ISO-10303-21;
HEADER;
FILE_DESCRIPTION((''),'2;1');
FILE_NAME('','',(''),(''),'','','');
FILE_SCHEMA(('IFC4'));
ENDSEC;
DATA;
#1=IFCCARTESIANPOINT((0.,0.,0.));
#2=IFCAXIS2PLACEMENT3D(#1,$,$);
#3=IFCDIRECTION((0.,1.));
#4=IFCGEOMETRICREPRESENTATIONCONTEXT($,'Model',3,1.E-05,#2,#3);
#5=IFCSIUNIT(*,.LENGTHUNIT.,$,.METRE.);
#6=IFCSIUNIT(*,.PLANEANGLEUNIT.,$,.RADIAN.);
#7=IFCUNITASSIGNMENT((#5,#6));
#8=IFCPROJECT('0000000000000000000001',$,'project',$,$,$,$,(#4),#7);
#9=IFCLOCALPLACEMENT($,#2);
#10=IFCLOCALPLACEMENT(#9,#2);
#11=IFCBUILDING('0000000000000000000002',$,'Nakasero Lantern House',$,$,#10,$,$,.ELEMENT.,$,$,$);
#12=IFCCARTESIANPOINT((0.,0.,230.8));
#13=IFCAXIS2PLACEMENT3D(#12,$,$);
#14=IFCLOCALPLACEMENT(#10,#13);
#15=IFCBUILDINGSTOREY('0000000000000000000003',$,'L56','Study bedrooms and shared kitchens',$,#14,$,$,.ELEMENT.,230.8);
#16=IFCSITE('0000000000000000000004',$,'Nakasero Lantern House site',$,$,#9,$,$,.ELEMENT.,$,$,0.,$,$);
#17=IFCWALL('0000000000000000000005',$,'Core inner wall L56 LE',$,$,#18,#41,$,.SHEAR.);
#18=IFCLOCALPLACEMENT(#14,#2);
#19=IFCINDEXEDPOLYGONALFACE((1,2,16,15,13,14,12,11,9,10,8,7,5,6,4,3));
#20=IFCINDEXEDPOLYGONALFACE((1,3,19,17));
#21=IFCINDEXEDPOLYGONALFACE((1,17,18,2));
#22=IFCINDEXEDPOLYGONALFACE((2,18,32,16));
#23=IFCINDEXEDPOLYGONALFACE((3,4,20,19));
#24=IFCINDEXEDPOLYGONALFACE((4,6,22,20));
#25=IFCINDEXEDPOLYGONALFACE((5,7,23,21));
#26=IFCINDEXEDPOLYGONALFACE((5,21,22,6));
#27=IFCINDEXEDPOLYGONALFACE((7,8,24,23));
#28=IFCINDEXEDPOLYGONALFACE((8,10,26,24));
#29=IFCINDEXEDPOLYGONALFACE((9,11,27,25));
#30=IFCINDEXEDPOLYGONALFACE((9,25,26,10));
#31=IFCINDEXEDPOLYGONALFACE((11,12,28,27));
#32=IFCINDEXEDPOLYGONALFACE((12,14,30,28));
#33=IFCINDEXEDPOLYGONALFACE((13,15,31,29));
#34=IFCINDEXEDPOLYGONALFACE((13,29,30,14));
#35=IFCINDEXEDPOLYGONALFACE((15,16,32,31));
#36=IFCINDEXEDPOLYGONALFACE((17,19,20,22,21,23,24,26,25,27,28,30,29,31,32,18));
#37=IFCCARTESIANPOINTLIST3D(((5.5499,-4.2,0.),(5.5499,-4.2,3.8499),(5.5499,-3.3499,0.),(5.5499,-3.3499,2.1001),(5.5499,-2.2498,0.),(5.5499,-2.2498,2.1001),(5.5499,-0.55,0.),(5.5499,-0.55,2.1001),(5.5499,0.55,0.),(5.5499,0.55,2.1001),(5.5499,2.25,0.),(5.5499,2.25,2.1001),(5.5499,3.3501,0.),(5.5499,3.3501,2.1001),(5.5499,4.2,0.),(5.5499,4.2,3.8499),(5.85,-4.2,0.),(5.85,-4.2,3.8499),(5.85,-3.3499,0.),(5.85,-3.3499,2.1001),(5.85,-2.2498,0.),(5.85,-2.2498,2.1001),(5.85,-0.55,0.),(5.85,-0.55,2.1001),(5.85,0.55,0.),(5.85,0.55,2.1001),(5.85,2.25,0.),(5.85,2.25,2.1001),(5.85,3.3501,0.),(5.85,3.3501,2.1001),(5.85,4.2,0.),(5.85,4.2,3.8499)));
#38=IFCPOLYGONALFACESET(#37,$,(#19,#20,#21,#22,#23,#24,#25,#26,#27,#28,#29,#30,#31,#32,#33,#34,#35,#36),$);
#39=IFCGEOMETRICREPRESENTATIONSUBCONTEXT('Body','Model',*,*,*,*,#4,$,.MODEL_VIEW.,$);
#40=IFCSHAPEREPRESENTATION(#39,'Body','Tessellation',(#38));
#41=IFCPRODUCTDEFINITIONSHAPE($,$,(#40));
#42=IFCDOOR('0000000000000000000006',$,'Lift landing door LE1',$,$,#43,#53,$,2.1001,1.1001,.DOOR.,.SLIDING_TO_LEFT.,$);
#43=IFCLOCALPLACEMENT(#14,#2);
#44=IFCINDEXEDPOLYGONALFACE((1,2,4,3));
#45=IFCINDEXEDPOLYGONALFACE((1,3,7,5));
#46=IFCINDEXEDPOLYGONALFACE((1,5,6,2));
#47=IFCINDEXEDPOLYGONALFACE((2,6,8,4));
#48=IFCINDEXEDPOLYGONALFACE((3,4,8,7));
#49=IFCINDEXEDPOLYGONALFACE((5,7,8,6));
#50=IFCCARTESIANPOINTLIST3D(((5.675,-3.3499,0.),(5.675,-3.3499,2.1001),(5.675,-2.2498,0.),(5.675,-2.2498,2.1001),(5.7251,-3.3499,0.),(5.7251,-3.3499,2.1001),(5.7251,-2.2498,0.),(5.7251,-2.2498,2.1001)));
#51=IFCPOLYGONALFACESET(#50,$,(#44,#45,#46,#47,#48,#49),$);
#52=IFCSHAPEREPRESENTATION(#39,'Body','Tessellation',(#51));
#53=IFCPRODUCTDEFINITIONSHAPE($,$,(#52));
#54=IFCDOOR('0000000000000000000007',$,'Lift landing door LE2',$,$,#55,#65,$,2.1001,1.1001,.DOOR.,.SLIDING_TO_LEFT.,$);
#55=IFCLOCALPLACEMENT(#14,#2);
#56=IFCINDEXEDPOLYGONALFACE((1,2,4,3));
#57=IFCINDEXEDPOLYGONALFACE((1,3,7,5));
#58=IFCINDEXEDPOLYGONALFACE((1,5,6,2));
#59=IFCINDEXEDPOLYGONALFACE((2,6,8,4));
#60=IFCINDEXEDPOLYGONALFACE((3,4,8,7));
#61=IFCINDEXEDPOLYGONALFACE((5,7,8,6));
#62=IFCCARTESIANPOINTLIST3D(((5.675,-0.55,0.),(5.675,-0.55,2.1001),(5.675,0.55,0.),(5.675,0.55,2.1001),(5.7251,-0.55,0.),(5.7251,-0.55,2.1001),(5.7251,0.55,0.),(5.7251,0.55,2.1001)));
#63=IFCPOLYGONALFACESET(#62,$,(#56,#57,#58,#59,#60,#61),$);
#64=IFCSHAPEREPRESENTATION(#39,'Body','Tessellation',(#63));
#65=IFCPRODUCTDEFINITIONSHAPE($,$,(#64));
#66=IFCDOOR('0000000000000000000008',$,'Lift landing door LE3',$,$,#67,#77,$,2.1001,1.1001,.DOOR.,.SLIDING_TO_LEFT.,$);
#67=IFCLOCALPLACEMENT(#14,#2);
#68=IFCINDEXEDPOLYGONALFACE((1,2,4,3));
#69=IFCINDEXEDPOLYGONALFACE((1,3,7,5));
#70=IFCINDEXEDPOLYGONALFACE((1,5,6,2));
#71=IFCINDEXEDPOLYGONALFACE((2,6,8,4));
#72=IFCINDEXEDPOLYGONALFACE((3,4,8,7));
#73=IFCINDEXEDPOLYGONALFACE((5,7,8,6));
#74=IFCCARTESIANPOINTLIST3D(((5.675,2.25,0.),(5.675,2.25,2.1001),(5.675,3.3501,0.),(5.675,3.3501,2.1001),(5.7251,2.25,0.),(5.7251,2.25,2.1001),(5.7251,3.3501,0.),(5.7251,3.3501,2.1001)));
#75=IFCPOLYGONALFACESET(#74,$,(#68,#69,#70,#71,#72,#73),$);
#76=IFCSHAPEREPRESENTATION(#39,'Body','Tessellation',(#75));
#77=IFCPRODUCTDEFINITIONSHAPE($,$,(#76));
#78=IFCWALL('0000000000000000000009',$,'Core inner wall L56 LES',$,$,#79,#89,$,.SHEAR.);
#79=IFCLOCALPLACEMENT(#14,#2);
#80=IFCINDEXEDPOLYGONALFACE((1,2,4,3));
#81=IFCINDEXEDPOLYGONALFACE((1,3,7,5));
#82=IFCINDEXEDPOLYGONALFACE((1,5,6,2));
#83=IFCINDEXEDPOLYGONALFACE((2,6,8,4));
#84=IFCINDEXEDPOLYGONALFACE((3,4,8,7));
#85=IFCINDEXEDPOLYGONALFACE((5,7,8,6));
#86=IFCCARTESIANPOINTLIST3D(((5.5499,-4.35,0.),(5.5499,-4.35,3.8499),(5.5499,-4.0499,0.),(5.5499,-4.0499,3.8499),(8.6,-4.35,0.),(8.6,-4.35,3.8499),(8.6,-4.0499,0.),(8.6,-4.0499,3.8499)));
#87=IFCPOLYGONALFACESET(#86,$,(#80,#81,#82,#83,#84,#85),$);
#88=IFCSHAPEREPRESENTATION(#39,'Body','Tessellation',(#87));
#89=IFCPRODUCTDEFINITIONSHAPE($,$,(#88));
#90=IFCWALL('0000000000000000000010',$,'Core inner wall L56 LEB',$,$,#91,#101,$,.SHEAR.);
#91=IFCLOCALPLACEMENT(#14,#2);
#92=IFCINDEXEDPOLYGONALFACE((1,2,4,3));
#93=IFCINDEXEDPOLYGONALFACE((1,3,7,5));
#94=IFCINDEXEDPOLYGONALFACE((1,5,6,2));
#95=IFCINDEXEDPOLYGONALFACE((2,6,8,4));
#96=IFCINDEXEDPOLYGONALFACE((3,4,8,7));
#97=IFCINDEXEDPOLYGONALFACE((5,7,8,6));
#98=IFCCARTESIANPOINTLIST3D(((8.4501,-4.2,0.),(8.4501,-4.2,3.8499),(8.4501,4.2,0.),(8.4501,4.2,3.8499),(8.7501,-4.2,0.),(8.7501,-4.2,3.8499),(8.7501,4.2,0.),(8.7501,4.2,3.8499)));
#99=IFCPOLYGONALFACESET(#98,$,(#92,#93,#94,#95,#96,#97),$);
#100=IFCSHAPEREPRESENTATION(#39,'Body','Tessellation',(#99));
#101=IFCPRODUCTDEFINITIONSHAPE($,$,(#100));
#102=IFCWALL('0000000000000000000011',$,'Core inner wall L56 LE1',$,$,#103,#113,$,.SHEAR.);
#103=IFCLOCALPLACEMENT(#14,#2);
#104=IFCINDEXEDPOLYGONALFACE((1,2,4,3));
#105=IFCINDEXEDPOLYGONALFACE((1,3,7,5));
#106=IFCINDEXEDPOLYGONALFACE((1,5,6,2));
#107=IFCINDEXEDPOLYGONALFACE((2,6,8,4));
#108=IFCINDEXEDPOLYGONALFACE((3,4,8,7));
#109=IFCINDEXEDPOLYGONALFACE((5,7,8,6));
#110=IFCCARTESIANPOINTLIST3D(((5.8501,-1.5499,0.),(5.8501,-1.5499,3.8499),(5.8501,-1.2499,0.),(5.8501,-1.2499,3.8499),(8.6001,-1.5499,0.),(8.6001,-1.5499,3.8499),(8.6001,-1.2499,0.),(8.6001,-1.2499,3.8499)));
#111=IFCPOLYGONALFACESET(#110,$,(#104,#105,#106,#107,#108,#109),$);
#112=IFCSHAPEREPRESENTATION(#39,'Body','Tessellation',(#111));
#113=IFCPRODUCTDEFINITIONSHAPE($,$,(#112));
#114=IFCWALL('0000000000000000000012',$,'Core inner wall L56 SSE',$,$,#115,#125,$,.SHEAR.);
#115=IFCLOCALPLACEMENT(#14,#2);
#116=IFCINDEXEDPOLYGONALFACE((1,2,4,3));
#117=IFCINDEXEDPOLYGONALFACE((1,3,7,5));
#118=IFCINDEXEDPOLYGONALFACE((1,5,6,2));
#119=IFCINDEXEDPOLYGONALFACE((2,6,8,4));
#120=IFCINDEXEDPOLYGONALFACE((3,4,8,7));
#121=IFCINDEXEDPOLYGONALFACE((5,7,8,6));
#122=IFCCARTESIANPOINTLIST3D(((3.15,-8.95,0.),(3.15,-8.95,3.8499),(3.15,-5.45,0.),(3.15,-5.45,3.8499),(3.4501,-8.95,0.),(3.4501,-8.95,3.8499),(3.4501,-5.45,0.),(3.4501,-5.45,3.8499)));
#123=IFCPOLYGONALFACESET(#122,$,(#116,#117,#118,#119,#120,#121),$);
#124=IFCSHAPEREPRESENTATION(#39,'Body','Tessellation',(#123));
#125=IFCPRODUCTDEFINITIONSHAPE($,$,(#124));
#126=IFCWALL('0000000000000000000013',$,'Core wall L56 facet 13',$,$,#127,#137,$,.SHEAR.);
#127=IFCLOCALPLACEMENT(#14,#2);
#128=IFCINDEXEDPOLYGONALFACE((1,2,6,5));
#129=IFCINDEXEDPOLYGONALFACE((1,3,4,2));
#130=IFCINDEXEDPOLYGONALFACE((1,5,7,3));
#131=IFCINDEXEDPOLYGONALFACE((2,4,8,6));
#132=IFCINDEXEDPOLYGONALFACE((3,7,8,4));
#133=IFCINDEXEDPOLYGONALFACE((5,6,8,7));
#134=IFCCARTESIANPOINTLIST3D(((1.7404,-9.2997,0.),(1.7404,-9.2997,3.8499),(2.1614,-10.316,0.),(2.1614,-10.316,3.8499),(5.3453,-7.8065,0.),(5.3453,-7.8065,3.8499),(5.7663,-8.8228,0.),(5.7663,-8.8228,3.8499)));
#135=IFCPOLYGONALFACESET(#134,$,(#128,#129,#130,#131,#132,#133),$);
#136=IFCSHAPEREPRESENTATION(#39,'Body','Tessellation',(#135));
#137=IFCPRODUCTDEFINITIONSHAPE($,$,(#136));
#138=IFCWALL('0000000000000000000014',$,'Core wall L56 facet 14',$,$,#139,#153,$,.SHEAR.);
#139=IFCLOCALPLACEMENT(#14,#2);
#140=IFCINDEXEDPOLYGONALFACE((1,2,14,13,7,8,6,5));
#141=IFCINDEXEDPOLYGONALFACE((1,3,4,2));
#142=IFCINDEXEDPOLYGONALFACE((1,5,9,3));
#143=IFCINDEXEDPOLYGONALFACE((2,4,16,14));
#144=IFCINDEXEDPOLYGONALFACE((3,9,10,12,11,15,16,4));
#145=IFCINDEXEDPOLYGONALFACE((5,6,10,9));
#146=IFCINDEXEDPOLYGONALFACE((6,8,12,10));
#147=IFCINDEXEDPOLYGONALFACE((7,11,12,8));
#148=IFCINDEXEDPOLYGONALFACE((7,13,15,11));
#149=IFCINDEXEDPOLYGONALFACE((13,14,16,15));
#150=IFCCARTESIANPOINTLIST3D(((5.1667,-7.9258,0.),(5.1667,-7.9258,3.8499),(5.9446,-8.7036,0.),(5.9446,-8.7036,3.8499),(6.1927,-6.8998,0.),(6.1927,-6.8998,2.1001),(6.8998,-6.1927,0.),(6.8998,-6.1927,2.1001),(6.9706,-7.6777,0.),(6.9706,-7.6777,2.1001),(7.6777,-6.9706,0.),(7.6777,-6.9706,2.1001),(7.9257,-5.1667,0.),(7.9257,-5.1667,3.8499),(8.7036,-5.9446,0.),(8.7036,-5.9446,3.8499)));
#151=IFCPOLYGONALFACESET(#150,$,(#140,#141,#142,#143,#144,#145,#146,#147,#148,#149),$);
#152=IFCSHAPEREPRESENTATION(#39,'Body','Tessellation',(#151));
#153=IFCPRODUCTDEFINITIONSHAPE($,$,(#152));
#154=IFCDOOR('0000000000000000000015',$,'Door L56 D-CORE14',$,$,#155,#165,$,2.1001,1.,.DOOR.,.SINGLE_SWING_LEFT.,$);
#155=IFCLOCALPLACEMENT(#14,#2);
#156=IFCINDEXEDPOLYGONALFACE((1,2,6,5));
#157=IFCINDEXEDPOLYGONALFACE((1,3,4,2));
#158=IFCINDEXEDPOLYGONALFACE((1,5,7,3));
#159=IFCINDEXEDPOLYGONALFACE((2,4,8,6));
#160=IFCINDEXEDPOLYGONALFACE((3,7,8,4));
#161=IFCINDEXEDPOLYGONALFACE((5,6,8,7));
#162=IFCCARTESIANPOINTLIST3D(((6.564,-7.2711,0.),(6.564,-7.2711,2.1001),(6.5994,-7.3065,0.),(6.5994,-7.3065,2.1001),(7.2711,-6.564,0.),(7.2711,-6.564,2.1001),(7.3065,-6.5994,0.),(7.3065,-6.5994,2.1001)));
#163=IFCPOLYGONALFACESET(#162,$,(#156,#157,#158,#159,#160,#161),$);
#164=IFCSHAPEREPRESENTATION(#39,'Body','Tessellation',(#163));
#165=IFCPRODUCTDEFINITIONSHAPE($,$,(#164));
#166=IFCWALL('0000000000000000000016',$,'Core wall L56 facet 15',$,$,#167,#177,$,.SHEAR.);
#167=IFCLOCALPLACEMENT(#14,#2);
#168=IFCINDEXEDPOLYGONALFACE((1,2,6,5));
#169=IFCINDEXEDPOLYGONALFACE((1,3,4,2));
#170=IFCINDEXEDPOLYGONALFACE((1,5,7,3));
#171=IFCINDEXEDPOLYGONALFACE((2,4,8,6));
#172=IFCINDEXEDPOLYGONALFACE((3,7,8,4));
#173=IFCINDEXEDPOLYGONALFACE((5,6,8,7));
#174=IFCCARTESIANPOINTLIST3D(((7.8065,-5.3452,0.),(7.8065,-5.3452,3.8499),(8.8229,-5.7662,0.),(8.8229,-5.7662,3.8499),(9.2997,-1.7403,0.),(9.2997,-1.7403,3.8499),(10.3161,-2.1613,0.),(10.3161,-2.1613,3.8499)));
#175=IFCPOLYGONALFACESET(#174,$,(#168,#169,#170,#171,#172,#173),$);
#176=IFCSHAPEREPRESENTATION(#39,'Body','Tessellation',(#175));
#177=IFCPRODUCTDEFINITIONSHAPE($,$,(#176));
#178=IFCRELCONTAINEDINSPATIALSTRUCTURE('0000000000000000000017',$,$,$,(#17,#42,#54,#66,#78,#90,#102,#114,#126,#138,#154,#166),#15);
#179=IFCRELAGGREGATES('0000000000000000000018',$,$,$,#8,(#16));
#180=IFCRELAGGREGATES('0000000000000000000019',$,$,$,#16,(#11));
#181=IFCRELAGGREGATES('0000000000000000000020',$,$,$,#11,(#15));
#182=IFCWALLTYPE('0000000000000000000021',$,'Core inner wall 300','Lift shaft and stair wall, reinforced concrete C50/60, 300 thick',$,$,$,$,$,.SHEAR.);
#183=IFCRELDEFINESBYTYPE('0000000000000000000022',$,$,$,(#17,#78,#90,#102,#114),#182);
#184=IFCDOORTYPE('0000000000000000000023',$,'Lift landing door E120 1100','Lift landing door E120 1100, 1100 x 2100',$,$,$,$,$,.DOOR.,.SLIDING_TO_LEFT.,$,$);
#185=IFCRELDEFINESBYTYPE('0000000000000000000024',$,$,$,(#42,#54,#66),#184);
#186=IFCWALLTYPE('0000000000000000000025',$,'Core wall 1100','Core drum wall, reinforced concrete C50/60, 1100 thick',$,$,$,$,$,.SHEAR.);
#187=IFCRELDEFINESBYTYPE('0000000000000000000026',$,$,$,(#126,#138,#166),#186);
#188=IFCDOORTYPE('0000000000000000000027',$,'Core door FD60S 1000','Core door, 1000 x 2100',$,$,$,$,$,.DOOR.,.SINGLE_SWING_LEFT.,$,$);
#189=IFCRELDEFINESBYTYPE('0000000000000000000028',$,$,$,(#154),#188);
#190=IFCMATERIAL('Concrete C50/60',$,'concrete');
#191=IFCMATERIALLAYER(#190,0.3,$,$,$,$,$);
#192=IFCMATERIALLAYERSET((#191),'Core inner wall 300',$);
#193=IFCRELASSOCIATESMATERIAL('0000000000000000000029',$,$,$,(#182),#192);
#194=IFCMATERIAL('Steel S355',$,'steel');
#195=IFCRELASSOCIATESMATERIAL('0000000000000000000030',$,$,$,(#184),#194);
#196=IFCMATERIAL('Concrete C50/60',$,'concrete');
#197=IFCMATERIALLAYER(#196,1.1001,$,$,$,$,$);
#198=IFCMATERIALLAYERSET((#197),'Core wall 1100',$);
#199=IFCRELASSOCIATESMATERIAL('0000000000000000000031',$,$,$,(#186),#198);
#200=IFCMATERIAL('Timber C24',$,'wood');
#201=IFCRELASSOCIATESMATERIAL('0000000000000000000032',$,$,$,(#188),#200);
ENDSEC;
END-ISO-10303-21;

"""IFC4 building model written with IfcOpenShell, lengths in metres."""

from ifc_helpers import new_model, si_unit, direction, frame, frame_2d, origin, place, context, subcontext, project, spatial, rectangle, extrude, material, layer, layer_set, type_object, element, fill, save


model = new_model("IFC4")

# Units and contexts
model_context = context("Model", 3, precision=1e-05, world=origin(), true_north=direction((0.0, 1.0)))
body_context = subcontext(model_context, "Body", "Model", "MODEL_VIEW")
ifc_project = project(units=[si_unit("LENGTHUNIT", "METRE"), si_unit("PLANEANGLEUNIT", "RADIAN")], contexts=[model_context])

# Site, building, storey
site_placement = place(None, origin())
site = spatial("IfcSite", under=ifc_project, at=site_placement, Name="Nakasero Lantern House site", CompositionType="ELEMENT", RefElevation=0.0)
building_placement = place(site_placement, origin())
building = spatial("IfcBuilding", under=site, at=building_placement, Name="Nakasero Lantern House", CompositionType="ELEMENT")
storey_placement = place(building_placement, frame((0.0, 0.0, 230.8)))
storey = spatial("IfcBuildingStorey", under=building, at=storey_placement, Name="L56", Description="Study bedrooms and shared kitchens", CompositionType="ELEMENT", Elevation=230.8)

# Wall, openings, doors
ifc_material_1 = material(Name="Concrete C50/60", Category="concrete")
ifc_layer_1 = layer(ifc_material_1, 0.3)
ifc_layer_set_1 = layer_set([ifc_layer_1], Name="Core inner wall 300")
wall_type_1 = type_object("IfcWallType", Name="Core inner wall 300", Description="Lift shaft and stair wall, reinforced concrete C50/60, 300 thick", PredefinedType="SHEAR", material=ifc_layer_set_1)
wall_1_placement = place(storey_placement, frame((5.7, -4.2, 0.0), z_axis=(0.0, 0.0, 1.0), x_axis=(0.0, 1.0, 0.0)))
wall_1 = element("IfcWall", 1, at=wall_1_placement, inside=storey, type_object=wall_type_1, Name="Core inner wall L56 LE", PredefinedType="SHEAR", context=body_context, shape_type="SweptSolid", body=[
    extrude(rectangle(XDim=8.3999, YDim=0.3, at=frame_2d((4.2, 0.0))), origin(), (0.0, 0.0, 1.0), 3.8499),
])
opening_1_placement = place(wall_1_placement, frame((0.8501, 0.0, 0.0)))
opening_1 = element("IfcOpeningElement", 2, at=opening_1_placement, cuts=wall_1, PredefinedType="OPENING", context=body_context, shape_type="SweptSolid", body=[
    extrude(rectangle(XDim=1.1001, YDim=2.1001, at=frame_2d((0.55, 1.05))), frame((0.0, 0.1699, 0.0), z_axis=(0.0, -1.0, 0.0), x_axis=(1.0, 0.0, 0.0)), (0.0, 0.0, 1.0), 0.3401),
])
opening_2_placement = place(wall_1_placement, frame((3.6499, 0.0, 0.0)))
opening_2 = element("IfcOpeningElement", 3, at=opening_2_placement, cuts=wall_1, PredefinedType="OPENING", context=body_context, shape_type="SweptSolid", body=[
    extrude(rectangle(XDim=1.1001, YDim=2.1001, at=frame_2d((0.55, 1.05))), frame((0.0, 0.1699, 0.0), z_axis=(0.0, -1.0, 0.0), x_axis=(1.0, 0.0, 0.0)), (0.0, 0.0, 1.0), 0.3401),
])
opening_3_placement = place(wall_1_placement, frame((6.45, 0.0, 0.0)))
opening_3 = element("IfcOpeningElement", 4, at=opening_3_placement, cuts=wall_1, PredefinedType="OPENING", context=body_context, shape_type="SweptSolid", body=[
    extrude(rectangle(XDim=1.1001, YDim=2.1001, at=frame_2d((0.55, 1.05))), frame((0.0, 0.1699, 0.0), z_axis=(0.0, -1.0, 0.0), x_axis=(1.0, 0.0, 0.0)), (0.0, 0.0, 1.0), 0.3401),
])
ifc_material_2 = material(Name="Steel S355", Category="steel")
door_type_1 = type_object("IfcDoorType", Name="Lift landing door E120 1100", Description="Lift landing door E120 1100, 1100 x 2100", OperationType="SLIDING_TO_LEFT", PredefinedType="DOOR", material=ifc_material_2)
door_1_placement = place(opening_1_placement, origin())
door_1 = element("IfcDoor", 5, at=door_1_placement, inside=storey, type_object=door_type_1, Name="Lift landing door LE1", OperationType="SLIDING_TO_LEFT", OverallHeight=2.1001, OverallWidth=1.1001, PredefinedType="DOOR", context=body_context, shape_type="SweptSolid", body=[
    extrude(rectangle(XDim=1.1001, YDim=2.1001, at=frame_2d((0.55, 1.05))), frame((0.0, 0.0249, 0.0), z_axis=(0.0, -1.0, 0.0), x_axis=(1.0, 0.0, 0.0)), (0.0, 0.0, 1.0), 0.05),
])
fill(opening_1, door_1)
door_2_placement = place(opening_2_placement, origin())
door_2 = element("IfcDoor", 6, at=door_2_placement, inside=storey, type_object=door_type_1, Name="Lift landing door LE2", OperationType="SLIDING_TO_LEFT", OverallHeight=2.1001, OverallWidth=1.1001, PredefinedType="DOOR", context=body_context, shape_type="SweptSolid", body=[
    extrude(rectangle(XDim=1.1001, YDim=2.1001, at=frame_2d((0.55, 1.05))), frame((0.0, 0.0249, 0.0), z_axis=(0.0, -1.0, 0.0), x_axis=(1.0, 0.0, 0.0)), (0.0, 0.0, 1.0), 0.05),
])
fill(opening_2, door_2)
door_3_placement = place(opening_3_placement, origin())
door_3 = element("IfcDoor", 7, at=door_3_placement, inside=storey, type_object=door_type_1, Name="Lift landing door LE3", OperationType="SLIDING_TO_LEFT", OverallHeight=2.1001, OverallWidth=1.1001, PredefinedType="DOOR", context=body_context, shape_type="SweptSolid", body=[
    extrude(rectangle(XDim=1.1001, YDim=2.1001, at=frame_2d((0.55, 1.05))), frame((0.0, 0.0249, 0.0), z_axis=(0.0, -1.0, 0.0), x_axis=(1.0, 0.0, 0.0)), (0.0, 0.0, 1.0), 0.05),
])
fill(opening_3, door_3)

# Walls
wall_2_placement = place(storey_placement, frame((5.55, -4.2, 0.0), z_axis=(0.0, 0.0, 1.0), x_axis=(1.0, 0.0, 0.0)))
element("IfcWall", 8, at=wall_2_placement, inside=storey, type_object=wall_type_1, Name="Core inner wall L56 LES", PredefinedType="SHEAR", context=body_context, shape_type="SweptSolid", body=[
    extrude(rectangle(XDim=3.05, YDim=0.3, at=frame_2d((1.5249, 0.0))), origin(), (0.0, 0.0, 1.0), 3.8499),
])
wall_3_placement = place(storey_placement, frame((8.6001, -4.2, 0.0), z_axis=(0.0, 0.0, 1.0), x_axis=(0.0, 1.0, 0.0)))
element("IfcWall", 9, at=wall_3_placement, inside=storey, type_object=wall_type_1, Name="Core inner wall L56 LEB", PredefinedType="SHEAR", context=body_context, shape_type="SweptSolid", body=[
    extrude(rectangle(XDim=8.3999, YDim=0.3, at=frame_2d((4.2, 0.0))), origin(), (0.0, 0.0, 1.0), 3.8499),
])
wall_4_placement = place(storey_placement, frame((5.8501, -1.3999, 0.0), z_axis=(0.0, 0.0, 1.0), x_axis=(1.0, 0.0, 0.0)))
element("IfcWall", 10, at=wall_4_placement, inside=storey, type_object=wall_type_1, Name="Core inner wall L56 LE1", PredefinedType="SHEAR", context=body_context, shape_type="SweptSolid", body=[
    extrude(rectangle(XDim=2.75, YDim=0.3, at=frame_2d((1.375, 0.0))), origin(), (0.0, 0.0, 1.0), 3.8499),
])
wall_5_placement = place(storey_placement, frame((3.3, -5.45, 0.0), z_axis=(0.0, 0.0, 1.0), x_axis=(0.0, -1.0, 0.0)))
element("IfcWall", 11, at=wall_5_placement, inside=storey, type_object=wall_type_1, Name="Core inner wall L56 SSE", PredefinedType="SHEAR", context=body_context, shape_type="SweptSolid", body=[
    extrude(rectangle(XDim=3.5, YDim=0.3, at=frame_2d((1.75, 0.0))), origin(), (0.0, 0.0, 1.0), 3.8499),
])
ifc_material_3 = material(Name="Concrete C50/60", Category="concrete")
ifc_layer_2 = layer(ifc_material_3, 1.1001)
ifc_layer_set_2 = layer_set([ifc_layer_2], Name="Core wall 1100")
wall_type_2 = type_object("IfcWallType", Name="Core wall 1100", Description="Core drum wall, reinforced concrete C50/60, 1100 thick", PredefinedType="SHEAR", material=ifc_layer_set_2)
wall_6_placement = place(storey_placement, frame((1.9509, -9.8079, 0.0), z_axis=(0.0, 0.0, 1.0), x_axis=(0.923877, 0.382691, 0.0)))
element("IfcWall", 12, at=wall_6_placement, inside=storey, type_object=wall_type_2, Name="Core wall L56 facet 13", PredefinedType="SHEAR", context=body_context, shape_type="SweptSolid", body=[
    extrude(rectangle(XDim=3.9019, YDim=1.1001, at=frame_2d((1.9509, 0.0))), origin(), (0.0, 0.0, 1.0), 3.8499),
])

# Wall, opening, door
wall_7_placement = place(storey_placement, frame((5.5557, -8.3147, 0.0), z_axis=(0.0, 0.0, 1.0), x_axis=(0.707107, 0.707107, 0.0)))
wall_7 = element("IfcWall", 13, at=wall_7_placement, inside=storey, type_object=wall_type_2, Name="Core wall L56 facet 14", PredefinedType="SHEAR", context=body_context, shape_type="SweptSolid", body=[
    extrude(rectangle(XDim=3.9019, YDim=1.1001, at=frame_2d((1.9509, 0.0))), origin(), (0.0, 0.0, 1.0), 3.8499),
])
opening_4_placement = place(wall_7_placement, frame((1.4509, 0.0, 0.0)))
opening_4 = element("IfcOpeningElement", 14, at=opening_4_placement, cuts=wall_7, PredefinedType="OPENING", context=body_context, shape_type="SweptSolid", body=[
    extrude(rectangle(XDim=1.0, YDim=2.1001, at=frame_2d((0.5, 1.05))), frame((0.0, 0.5701, 0.0), z_axis=(0.0, -1.0, 0.0), x_axis=(1.0, 0.0, 0.0)), (0.0, 0.0, 1.0), 1.1401),
])
ifc_material_4 = material(Name="Timber C24", Category="wood")
door_type_2 = type_object("IfcDoorType", Name="Core door FD60S 1000", Description="Core door, 1000 x 2100", OperationType="SINGLE_SWING_LEFT", PredefinedType="DOOR", material=ifc_material_4)
door_4_placement = place(opening_4_placement, origin())
door_4 = element("IfcDoor", 15, at=door_4_placement, inside=storey, type_object=door_type_2, Name="Door L56 D-CORE14", OperationType="SINGLE_SWING_LEFT", OverallHeight=2.1001, OverallWidth=1.0, PredefinedType="DOOR", context=body_context, shape_type="SweptSolid", body=[
    extrude(rectangle(XDim=1.0, YDim=2.1001, at=frame_2d((0.5, 1.05))), frame((0.0, 0.0249, 0.0), z_axis=(0.0, -1.0, 0.0), x_axis=(1.0, 0.0, 0.0)), (0.0, 0.0, 1.0), 0.05),
])
fill(opening_4, door_4)

# Wall
wall_8_placement = place(storey_placement, frame((8.3147, -5.5557, 0.0), z_axis=(0.0, 0.0, 1.0), x_axis=(0.382691, 0.923877, 0.0)))
element("IfcWall", 16, at=wall_8_placement, inside=storey, type_object=wall_type_2, Name="Core wall L56 facet 15", PredefinedType="SHEAR", context=body_context, shape_type="SweptSolid", body=[
    extrude(rectangle(XDim=3.9019, YDim=1.1001, at=frame_2d((1.9509, 0.0))), origin(), (0.0, 0.0, 1.0), 3.8499),
])

save(model, "model.ifc")
